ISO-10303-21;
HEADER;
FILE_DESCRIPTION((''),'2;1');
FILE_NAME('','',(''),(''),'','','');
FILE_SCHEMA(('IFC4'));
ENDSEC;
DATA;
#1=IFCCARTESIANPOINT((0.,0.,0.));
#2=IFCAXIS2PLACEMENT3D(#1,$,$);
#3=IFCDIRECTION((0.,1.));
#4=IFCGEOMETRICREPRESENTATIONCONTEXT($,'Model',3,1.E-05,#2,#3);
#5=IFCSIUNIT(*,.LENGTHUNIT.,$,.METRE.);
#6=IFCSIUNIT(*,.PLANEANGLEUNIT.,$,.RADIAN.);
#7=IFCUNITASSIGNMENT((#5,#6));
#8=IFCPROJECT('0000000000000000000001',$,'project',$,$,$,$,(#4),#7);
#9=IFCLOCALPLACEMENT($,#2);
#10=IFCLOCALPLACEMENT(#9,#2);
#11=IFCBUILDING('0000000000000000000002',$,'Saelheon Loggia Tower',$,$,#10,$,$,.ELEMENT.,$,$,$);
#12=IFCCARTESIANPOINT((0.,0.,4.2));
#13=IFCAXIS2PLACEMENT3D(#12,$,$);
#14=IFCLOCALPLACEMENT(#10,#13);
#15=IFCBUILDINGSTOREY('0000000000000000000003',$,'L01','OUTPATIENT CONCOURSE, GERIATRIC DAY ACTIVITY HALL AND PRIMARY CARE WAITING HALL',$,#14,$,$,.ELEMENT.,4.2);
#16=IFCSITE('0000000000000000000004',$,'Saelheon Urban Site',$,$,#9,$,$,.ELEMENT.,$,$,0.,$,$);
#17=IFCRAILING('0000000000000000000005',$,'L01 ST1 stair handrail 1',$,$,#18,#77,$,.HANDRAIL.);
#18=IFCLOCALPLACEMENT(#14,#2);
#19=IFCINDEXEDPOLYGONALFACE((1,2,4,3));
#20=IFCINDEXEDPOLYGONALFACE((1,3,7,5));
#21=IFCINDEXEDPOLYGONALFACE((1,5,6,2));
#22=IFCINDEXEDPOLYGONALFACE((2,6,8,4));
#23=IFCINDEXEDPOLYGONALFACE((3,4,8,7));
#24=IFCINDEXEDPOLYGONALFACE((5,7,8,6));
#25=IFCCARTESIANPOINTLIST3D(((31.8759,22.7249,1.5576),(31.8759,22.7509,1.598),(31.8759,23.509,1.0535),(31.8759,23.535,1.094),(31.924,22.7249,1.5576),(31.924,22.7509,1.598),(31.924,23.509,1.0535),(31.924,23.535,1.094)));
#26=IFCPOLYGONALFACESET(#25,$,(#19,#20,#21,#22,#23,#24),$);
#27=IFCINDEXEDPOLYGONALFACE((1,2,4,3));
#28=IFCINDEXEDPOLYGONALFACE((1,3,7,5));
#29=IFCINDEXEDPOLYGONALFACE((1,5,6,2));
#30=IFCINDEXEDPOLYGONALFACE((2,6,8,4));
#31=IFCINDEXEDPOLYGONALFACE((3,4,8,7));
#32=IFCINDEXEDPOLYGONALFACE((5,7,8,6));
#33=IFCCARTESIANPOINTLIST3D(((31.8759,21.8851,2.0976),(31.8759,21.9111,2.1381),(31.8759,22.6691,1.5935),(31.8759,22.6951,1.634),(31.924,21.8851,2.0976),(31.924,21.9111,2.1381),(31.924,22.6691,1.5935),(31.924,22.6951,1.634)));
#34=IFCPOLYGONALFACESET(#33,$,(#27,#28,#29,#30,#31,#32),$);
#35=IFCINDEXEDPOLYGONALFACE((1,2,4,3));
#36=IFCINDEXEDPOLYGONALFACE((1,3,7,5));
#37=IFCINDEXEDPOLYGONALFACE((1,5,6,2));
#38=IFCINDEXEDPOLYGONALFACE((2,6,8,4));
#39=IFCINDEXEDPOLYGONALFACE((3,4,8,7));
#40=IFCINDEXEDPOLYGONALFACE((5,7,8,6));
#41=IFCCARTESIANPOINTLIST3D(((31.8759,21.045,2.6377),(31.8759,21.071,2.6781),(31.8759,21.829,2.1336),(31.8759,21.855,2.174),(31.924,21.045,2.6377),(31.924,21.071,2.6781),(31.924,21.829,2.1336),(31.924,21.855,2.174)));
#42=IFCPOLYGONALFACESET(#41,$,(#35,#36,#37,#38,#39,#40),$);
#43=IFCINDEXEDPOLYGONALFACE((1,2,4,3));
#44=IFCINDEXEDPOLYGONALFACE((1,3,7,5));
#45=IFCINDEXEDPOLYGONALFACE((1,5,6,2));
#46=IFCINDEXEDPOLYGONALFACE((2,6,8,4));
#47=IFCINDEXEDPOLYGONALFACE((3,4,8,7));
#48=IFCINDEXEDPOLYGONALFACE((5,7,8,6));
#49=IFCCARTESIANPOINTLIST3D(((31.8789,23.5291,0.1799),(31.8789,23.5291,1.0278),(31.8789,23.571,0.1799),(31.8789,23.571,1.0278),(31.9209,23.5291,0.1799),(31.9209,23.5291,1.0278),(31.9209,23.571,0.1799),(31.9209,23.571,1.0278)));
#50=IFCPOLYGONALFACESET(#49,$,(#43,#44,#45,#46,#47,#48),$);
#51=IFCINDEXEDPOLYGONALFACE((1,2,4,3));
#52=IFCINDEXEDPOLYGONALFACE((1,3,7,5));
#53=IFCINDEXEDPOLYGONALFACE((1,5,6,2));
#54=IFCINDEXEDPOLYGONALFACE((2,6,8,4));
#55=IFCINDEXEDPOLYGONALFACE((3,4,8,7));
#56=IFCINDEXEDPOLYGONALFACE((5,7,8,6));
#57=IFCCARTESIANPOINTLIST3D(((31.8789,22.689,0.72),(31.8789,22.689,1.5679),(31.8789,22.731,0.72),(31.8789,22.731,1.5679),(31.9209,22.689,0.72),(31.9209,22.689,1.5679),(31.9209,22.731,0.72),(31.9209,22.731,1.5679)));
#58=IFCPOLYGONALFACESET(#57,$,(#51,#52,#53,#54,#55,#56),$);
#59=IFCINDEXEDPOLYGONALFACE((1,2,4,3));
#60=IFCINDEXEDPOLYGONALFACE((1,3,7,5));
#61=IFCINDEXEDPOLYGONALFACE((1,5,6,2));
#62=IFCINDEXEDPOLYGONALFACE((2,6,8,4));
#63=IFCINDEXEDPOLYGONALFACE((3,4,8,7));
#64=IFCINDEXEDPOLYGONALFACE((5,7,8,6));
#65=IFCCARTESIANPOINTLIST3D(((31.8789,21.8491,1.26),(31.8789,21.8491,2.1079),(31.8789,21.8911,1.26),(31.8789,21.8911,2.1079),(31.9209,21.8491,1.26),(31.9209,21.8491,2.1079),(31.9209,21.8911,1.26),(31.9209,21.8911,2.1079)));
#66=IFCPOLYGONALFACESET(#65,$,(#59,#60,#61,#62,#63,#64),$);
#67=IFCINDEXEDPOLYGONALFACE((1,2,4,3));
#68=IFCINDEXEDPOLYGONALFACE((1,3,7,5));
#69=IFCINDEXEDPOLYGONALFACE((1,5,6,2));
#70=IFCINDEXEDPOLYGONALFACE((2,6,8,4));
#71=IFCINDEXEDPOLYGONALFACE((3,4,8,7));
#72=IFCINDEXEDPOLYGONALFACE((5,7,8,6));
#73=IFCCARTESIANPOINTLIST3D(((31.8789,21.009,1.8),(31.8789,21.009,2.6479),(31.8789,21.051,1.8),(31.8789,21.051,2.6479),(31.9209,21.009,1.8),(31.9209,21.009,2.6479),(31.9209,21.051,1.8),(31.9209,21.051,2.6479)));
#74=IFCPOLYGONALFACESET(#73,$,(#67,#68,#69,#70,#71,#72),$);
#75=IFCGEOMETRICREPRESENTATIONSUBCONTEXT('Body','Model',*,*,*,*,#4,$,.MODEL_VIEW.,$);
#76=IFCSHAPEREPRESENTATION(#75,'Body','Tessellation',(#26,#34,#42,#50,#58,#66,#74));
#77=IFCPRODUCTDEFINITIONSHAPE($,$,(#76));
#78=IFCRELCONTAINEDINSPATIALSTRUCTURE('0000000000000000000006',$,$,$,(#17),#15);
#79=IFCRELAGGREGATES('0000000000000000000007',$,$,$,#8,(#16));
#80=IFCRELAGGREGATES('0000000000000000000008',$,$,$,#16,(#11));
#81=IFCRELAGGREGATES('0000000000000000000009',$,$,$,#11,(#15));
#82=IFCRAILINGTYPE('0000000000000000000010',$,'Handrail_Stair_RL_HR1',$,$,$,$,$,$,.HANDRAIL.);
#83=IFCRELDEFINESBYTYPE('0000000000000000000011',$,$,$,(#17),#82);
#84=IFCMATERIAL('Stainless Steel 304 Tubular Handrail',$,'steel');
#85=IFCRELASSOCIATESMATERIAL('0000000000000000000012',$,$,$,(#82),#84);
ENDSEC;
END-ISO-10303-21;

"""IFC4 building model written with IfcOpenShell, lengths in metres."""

from ifc_helpers import new_model, si_unit, direction, frame, origin, origin_2d, place, context, subcontext, project, spatial, rectangle, extrude, material, type_object, element, save


model = new_model("IFC4")

# Units and contexts
model_context = context("Model", 3, precision=1e-05, world=origin(), true_north=direction((0.0, 1.0)))
body_context = subcontext(model_context, "Body", "Model", "MODEL_VIEW")
ifc_project = project(units=[si_unit("LENGTHUNIT", "METRE"), si_unit("PLANEANGLEUNIT", "RADIAN")], contexts=[model_context])

# Site, building, storey
site_placement = place(None, origin())
site = spatial("IfcSite", under=ifc_project, at=site_placement, Name="Saelheon Urban Site", CompositionType="ELEMENT", RefElevation=0.0)
building_placement = place(site_placement, origin())
building = spatial("IfcBuilding", under=site, at=building_placement, Name="Saelheon Loggia Tower", CompositionType="ELEMENT")
storey_placement = place(building_placement, frame((0.0, 0.0, 4.2)))
storey = spatial("IfcBuildingStorey", under=building, at=storey_placement, Name="L01", Description="OUTPATIENT CONCOURSE, GERIATRIC DAY ACTIVITY HALL AND PRIMARY CARE WAITING HALL", CompositionType="ELEMENT", Elevation=4.2)

# Railing
ifc_material_1 = material(Name="Stainless Steel 304 Tubular Handrail", Category="steel")
railing_type_1 = type_object("IfcRailingType", Name="Handrail_Stair_RL_HR1", PredefinedType="HANDRAIL", material=ifc_material_1)
railing_1_placement = place(storey_placement, frame((31.8999, 23.55, 0.1799)))
element("IfcRailing", 1, at=railing_1_placement, inside=storey, type_object=railing_type_1, Name="L01 ST1 stair handrail 1", PredefinedType="HANDRAIL", context=body_context, shape_type="SweptSolid", body=[
    extrude(rectangle(XDim=0.0481, YDim=0.0481, at=origin_2d()), frame((0.0, -0.0281, 0.8938), z_axis=(0.0, -0.841163, 0.540782), x_axis=(1.0, 0.0, 0.0)), (0.0, 0.0, 1.0), 0.9321),
    extrude(rectangle(XDim=0.0481, YDim=0.0481, at=origin_2d()), frame((0.0, -0.8679, 1.4338), z_axis=(0.0, -0.841163, 0.540782), x_axis=(1.0, 0.0, 0.0)), (0.0, 0.0, 1.0), 0.9321),
    extrude(rectangle(XDim=0.0481, YDim=0.0481, at=origin_2d()), frame((0.0, -1.708, 1.9739), z_axis=(0.0, -0.841163, 0.540782), x_axis=(1.0, 0.0, 0.0)), (0.0, 0.0, 1.0), 0.9321),
    extrude(rectangle(XDim=0.042, YDim=0.042, at=origin_2d()), origin(), (0.0, 0.0, 1.0), 0.8479),
    extrude(rectangle(XDim=0.042, YDim=0.042, at=origin_2d()), frame((0.0, -0.8401, 0.54)), (0.0, 0.0, 1.0), 0.8479),
    extrude(rectangle(XDim=0.042, YDim=0.042, at=origin_2d()), frame((0.0, -1.6799, 1.0801)), (0.0, 0.0, 1.0), 0.8479),
    extrude(rectangle(XDim=0.042, YDim=0.042, at=origin_2d()), frame((0.0, -2.52, 1.6201)), (0.0, 0.0, 1.0), 0.8479),
])

save(model, "model.ifc")
